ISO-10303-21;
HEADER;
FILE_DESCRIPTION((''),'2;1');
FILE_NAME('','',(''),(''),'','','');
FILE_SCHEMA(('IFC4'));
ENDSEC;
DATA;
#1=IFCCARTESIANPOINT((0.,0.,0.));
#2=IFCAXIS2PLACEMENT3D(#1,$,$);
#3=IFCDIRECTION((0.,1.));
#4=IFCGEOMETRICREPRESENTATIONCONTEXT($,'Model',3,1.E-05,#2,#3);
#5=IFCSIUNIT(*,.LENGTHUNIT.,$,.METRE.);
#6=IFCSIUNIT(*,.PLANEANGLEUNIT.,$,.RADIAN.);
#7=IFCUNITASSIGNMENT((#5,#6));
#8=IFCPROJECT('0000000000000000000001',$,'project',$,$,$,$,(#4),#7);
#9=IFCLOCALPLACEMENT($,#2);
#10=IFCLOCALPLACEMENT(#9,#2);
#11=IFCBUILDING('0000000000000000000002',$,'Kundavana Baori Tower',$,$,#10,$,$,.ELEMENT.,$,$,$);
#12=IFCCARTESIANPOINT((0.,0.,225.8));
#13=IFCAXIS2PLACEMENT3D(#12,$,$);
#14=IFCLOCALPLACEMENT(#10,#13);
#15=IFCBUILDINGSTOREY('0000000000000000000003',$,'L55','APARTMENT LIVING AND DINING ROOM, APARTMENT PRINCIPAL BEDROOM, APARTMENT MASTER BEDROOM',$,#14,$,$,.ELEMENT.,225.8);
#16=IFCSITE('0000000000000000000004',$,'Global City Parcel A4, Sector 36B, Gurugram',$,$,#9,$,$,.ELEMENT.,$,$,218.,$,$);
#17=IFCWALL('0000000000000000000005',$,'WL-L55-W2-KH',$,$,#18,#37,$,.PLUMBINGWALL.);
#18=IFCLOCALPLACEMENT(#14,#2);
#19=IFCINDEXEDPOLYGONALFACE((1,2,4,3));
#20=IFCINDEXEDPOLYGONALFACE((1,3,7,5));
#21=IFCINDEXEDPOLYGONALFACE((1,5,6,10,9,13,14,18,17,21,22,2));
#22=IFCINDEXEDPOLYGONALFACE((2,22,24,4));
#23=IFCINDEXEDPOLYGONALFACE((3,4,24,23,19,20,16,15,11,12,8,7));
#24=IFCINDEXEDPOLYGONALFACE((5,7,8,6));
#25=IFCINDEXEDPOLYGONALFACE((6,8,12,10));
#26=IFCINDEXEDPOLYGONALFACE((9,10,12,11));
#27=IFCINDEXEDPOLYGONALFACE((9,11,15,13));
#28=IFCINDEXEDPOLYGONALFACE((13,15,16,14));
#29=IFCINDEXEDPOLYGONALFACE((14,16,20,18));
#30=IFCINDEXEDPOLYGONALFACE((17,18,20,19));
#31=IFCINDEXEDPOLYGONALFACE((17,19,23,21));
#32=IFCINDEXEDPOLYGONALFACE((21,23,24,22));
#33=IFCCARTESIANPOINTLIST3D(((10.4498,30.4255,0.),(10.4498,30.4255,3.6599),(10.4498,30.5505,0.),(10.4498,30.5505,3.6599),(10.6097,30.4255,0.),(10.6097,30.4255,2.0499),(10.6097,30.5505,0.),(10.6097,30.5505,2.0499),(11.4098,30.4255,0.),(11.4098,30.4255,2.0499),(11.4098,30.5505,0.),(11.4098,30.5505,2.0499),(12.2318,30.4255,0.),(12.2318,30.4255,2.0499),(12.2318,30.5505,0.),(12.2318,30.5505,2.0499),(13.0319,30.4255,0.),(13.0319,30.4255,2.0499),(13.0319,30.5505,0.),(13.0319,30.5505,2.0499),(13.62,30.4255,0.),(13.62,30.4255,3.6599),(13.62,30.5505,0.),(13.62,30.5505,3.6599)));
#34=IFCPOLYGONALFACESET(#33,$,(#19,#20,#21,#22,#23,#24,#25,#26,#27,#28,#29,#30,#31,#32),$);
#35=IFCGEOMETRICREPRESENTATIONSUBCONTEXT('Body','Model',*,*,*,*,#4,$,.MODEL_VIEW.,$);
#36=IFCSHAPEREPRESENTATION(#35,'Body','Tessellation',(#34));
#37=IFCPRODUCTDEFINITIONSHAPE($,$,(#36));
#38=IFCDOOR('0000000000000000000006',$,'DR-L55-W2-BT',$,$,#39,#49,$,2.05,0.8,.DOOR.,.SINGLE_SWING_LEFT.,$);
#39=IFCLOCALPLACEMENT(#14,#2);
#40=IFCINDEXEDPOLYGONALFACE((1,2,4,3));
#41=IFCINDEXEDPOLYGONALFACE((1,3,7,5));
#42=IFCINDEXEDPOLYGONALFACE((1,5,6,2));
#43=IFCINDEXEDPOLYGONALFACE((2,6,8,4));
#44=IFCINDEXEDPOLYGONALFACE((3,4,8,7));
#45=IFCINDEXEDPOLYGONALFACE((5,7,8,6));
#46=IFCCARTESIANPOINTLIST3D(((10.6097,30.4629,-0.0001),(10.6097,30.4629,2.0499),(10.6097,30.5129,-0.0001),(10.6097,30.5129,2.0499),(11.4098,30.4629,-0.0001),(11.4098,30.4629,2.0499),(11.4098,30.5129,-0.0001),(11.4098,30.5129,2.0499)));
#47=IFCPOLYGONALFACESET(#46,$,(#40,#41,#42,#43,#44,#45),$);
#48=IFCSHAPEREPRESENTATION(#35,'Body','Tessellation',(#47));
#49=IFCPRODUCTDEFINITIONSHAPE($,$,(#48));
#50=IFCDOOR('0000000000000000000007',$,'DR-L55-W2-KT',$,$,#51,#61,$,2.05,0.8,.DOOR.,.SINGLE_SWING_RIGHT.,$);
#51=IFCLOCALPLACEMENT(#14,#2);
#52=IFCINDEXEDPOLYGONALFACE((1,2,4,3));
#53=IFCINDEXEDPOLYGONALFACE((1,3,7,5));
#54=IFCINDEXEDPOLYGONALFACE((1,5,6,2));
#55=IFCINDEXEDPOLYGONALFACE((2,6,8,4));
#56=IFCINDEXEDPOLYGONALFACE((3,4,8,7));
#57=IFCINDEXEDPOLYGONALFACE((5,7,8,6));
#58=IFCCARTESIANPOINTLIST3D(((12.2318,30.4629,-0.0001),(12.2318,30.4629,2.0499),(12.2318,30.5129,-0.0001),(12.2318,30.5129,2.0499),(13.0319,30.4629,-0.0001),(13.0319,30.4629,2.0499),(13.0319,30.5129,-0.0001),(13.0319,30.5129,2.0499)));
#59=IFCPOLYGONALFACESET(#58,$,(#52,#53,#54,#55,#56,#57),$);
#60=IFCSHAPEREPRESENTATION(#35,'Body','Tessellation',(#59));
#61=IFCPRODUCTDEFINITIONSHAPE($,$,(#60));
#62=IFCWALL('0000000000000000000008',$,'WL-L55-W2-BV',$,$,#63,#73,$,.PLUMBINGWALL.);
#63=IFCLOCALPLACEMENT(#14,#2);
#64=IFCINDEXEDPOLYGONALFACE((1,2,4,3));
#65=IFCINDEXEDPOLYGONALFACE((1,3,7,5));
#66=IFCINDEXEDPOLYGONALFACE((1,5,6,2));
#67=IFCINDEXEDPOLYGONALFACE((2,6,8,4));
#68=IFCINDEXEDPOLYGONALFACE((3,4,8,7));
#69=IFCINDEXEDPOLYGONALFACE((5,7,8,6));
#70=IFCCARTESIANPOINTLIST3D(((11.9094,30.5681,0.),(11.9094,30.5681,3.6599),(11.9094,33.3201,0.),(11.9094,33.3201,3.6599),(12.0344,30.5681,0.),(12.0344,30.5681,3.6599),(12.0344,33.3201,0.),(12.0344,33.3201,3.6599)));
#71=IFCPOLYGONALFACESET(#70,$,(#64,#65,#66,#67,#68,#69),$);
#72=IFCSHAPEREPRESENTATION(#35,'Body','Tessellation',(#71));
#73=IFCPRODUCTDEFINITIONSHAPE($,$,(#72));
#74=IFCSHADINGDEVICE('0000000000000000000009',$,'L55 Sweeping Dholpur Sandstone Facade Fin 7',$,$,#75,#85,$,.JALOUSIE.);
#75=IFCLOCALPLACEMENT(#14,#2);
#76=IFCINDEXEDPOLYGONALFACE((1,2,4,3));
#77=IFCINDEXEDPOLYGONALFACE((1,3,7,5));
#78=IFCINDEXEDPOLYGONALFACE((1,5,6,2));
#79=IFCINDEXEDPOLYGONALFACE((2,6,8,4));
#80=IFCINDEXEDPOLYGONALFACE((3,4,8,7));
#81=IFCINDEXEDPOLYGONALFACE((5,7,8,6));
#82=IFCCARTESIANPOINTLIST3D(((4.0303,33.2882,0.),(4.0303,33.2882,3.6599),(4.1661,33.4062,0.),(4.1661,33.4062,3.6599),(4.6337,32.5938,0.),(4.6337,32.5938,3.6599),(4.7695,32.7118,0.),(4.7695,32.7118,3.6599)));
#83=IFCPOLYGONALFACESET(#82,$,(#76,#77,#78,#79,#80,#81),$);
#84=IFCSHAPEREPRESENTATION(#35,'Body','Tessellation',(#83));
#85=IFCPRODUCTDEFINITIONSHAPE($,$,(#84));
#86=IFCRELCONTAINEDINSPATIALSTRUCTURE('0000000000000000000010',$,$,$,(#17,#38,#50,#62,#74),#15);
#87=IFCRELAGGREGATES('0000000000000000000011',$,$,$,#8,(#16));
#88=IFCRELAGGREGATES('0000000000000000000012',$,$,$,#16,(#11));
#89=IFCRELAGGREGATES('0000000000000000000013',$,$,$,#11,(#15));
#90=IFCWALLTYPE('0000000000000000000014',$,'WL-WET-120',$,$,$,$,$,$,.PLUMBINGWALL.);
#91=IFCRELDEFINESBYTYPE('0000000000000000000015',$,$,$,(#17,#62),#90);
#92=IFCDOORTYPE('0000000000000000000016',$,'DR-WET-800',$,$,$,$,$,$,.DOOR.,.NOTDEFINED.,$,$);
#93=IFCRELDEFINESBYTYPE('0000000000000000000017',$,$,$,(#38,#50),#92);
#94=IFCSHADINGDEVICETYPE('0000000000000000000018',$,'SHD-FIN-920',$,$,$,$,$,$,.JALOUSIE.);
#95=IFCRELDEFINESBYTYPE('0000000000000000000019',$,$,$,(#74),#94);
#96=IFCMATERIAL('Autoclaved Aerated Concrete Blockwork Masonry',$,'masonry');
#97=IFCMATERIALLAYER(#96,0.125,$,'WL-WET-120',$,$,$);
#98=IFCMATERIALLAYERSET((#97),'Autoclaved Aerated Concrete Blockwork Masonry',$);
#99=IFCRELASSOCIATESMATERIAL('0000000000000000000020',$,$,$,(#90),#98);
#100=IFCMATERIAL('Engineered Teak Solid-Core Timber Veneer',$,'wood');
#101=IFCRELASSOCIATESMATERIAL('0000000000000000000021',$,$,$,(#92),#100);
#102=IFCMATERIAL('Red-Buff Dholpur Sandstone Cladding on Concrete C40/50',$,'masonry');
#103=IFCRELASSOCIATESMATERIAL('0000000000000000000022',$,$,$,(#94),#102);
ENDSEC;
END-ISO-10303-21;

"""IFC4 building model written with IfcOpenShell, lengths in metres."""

from ifc_helpers import new_model, si_unit, direction, frame, frame_2d, origin, origin_2d, place, context, subcontext, project, spatial, rectangle, extrude, material, layer, layer_set, type_object, element, fill, save


model = new_model("IFC4")

# Units and contexts
model_context = context("Model", 3, precision=1e-05, world=origin(), true_north=direction((0.0, 1.0)))
body_context = subcontext(model_context, "Body", "Model", "MODEL_VIEW")
ifc_project = project(units=[si_unit("LENGTHUNIT", "METRE"), si_unit("PLANEANGLEUNIT", "RADIAN")], contexts=[model_context])

# Site, building, storey
site_placement = place(None, origin())
site = spatial("IfcSite", under=ifc_project, at=site_placement, Name="Global City Parcel A4, Sector 36B, Gurugram", CompositionType="ELEMENT", RefElevation=218.0)
building_placement = place(site_placement, origin())
building = spatial("IfcBuilding", under=site, at=building_placement, Name="Kundavana Baori Tower", CompositionType="ELEMENT")
storey_placement = place(building_placement, frame((0.0, 0.0, 225.8)))
storey = spatial("IfcBuildingStorey", under=building, at=storey_placement, Name="L55", Description="APARTMENT LIVING AND DINING ROOM, APARTMENT PRINCIPAL BEDROOM, APARTMENT MASTER BEDROOM", CompositionType="ELEMENT", Elevation=225.8)

# Wall, openings, doors
ifc_material_1 = material(Name="Autoclaved Aerated Concrete Blockwork Masonry", Category="masonry")
ifc_layer_1 = layer(ifc_material_1, 0.125, Name="WL-WET-120")
ifc_layer_set_1 = layer_set([ifc_layer_1], Name="Autoclaved Aerated Concrete Blockwork Masonry")
wall_type_1 = type_object("IfcWallType", Name="WL-WET-120", PredefinedType="PLUMBINGWALL", material=ifc_layer_set_1)
wall_1_placement = place(storey_placement, frame((10.45, 30.488, 0.0), z_axis=(0.0, 0.0, 1.0), x_axis=(1.0, 0.0, 0.0)))
wall_1 = element("IfcWall", 1, at=wall_1_placement, inside=storey, type_object=wall_type_1, Name="WL-L55-W2-KH", PredefinedType="PLUMBINGWALL", context=body_context, shape_type="SweptSolid", body=[
    extrude(rectangle(XDim=3.1702, YDim=0.125, at=frame_2d((1.585, 0.0))), origin(), (0.0, 0.0, 1.0), 3.6599),
])
opening_1_placement = place(wall_1_placement, frame((0.1599, 0.0, 0.0)))
opening_1 = element("IfcOpeningElement", 2, at=opening_1_placement, cuts=wall_1, PredefinedType="OPENING", context=body_context, shape_type="SweptSolid", body=[
    extrude(rectangle(XDim=0.8, YDim=2.05, at=frame_2d((0.3999, 1.0249))), frame((0.0, 0.0725, 0.0), z_axis=(0.0, -1.0, 0.0), x_axis=(1.0, 0.0, 0.0)), (0.0, 0.0, 1.0), 0.145),
])
opening_2_placement = place(wall_1_placement, frame((1.782, 0.0, 0.0)))
opening_2 = element("IfcOpeningElement", 3, at=opening_2_placement, cuts=wall_1, PredefinedType="OPENING", context=body_context, shape_type="SweptSolid", body=[
    extrude(rectangle(XDim=0.8, YDim=2.05, at=frame_2d((0.3999, 1.0249))), frame((0.0, 0.0725, 0.0), z_axis=(0.0, -1.0, 0.0), x_axis=(1.0, 0.0, 0.0)), (0.0, 0.0, 1.0), 0.145),
])
ifc_material_2 = material(Name="Engineered Teak Solid-Core Timber Veneer", Category="wood")
door_type_1 = type_object("IfcDoorType", Name="DR-WET-800", OperationType="NOTDEFINED", PredefinedType="DOOR", material=ifc_material_2)
door_1_placement = place(opening_1_placement, origin())
door_1 = element("IfcDoor", 4, at=door_1_placement, inside=storey, type_object=door_type_1, Name="DR-L55-W2-BT", OperationType="SINGLE_SWING_LEFT", OverallHeight=2.05, OverallWidth=0.8, PredefinedType="DOOR", context=body_context, shape_type="SweptSolid", body=[
    extrude(rectangle(XDim=0.8, YDim=2.05, at=frame_2d((0.3999, 1.0249))), frame((0.0, 0.0249, 0.0), z_axis=(0.0, -1.0, 0.0), x_axis=(1.0, 0.0, 0.0)), (0.0, 0.0, 1.0), 0.05),
])
fill(opening_1, door_1)
door_2_placement = place(opening_2_placement, origin())
door_2 = element("IfcDoor", 5, at=door_2_placement, inside=storey, type_object=door_type_1, Name="DR-L55-W2-KT", OperationType="SINGLE_SWING_RIGHT", OverallHeight=2.05, OverallWidth=0.8, PredefinedType="DOOR", context=body_context, shape_type="SweptSolid", body=[
    extrude(rectangle(XDim=0.8, YDim=2.05, at=frame_2d((0.3999, 1.0249))), frame((0.0, 0.0249, 0.0), z_axis=(0.0, -1.0, 0.0), x_axis=(1.0, 0.0, 0.0)), (0.0, 0.0, 1.0), 0.05),
])
fill(opening_2, door_2)

# Wall
wall_2_placement = place(storey_placement, frame((11.9719, 30.5681, 0.0), z_axis=(0.0, 0.0, 1.0), x_axis=(0.0, 1.0, 0.0)))
element("IfcWall", 6, at=wall_2_placement, inside=storey, type_object=wall_type_1, Name="WL-L55-W2-BV", PredefinedType="PLUMBINGWALL", context=body_context, shape_type="SweptSolid", body=[
    extrude(rectangle(XDim=2.752, YDim=0.125, at=frame_2d((1.376, 0.0))), origin(), (0.0, 0.0, 1.0), 3.6599),
])

# Shading device
ifc_material_3 = material(Name="Red-Buff Dholpur Sandstone Cladding on Concrete C40/50", Category="masonry")
shading_device_type = type_object("IfcShadingDeviceType", Name="SHD-FIN-920", PredefinedType="JALOUSIE", material=ifc_material_3)
shading_device_placement = place(storey_placement, frame((4.3999, 33.0, 0.0), z_axis=(0.0, 0.0, 1.0), x_axis=(0.754824, 0.655927, 0.0)))
element("IfcShadingDevice", 7, at=shading_device_placement, inside=storey, type_object=shading_device_type, Name="L55 Sweeping Dholpur Sandstone Facade Fin 7", PredefinedType="JALOUSIE", context=body_context, shape_type="SweptSolid", body=[
    extrude(rectangle(XDim=0.1799, YDim=0.9199, at=origin_2d()), origin(), (0.0, 0.0, 1.0), 3.6599),
])

save(model, "model.ifc")
